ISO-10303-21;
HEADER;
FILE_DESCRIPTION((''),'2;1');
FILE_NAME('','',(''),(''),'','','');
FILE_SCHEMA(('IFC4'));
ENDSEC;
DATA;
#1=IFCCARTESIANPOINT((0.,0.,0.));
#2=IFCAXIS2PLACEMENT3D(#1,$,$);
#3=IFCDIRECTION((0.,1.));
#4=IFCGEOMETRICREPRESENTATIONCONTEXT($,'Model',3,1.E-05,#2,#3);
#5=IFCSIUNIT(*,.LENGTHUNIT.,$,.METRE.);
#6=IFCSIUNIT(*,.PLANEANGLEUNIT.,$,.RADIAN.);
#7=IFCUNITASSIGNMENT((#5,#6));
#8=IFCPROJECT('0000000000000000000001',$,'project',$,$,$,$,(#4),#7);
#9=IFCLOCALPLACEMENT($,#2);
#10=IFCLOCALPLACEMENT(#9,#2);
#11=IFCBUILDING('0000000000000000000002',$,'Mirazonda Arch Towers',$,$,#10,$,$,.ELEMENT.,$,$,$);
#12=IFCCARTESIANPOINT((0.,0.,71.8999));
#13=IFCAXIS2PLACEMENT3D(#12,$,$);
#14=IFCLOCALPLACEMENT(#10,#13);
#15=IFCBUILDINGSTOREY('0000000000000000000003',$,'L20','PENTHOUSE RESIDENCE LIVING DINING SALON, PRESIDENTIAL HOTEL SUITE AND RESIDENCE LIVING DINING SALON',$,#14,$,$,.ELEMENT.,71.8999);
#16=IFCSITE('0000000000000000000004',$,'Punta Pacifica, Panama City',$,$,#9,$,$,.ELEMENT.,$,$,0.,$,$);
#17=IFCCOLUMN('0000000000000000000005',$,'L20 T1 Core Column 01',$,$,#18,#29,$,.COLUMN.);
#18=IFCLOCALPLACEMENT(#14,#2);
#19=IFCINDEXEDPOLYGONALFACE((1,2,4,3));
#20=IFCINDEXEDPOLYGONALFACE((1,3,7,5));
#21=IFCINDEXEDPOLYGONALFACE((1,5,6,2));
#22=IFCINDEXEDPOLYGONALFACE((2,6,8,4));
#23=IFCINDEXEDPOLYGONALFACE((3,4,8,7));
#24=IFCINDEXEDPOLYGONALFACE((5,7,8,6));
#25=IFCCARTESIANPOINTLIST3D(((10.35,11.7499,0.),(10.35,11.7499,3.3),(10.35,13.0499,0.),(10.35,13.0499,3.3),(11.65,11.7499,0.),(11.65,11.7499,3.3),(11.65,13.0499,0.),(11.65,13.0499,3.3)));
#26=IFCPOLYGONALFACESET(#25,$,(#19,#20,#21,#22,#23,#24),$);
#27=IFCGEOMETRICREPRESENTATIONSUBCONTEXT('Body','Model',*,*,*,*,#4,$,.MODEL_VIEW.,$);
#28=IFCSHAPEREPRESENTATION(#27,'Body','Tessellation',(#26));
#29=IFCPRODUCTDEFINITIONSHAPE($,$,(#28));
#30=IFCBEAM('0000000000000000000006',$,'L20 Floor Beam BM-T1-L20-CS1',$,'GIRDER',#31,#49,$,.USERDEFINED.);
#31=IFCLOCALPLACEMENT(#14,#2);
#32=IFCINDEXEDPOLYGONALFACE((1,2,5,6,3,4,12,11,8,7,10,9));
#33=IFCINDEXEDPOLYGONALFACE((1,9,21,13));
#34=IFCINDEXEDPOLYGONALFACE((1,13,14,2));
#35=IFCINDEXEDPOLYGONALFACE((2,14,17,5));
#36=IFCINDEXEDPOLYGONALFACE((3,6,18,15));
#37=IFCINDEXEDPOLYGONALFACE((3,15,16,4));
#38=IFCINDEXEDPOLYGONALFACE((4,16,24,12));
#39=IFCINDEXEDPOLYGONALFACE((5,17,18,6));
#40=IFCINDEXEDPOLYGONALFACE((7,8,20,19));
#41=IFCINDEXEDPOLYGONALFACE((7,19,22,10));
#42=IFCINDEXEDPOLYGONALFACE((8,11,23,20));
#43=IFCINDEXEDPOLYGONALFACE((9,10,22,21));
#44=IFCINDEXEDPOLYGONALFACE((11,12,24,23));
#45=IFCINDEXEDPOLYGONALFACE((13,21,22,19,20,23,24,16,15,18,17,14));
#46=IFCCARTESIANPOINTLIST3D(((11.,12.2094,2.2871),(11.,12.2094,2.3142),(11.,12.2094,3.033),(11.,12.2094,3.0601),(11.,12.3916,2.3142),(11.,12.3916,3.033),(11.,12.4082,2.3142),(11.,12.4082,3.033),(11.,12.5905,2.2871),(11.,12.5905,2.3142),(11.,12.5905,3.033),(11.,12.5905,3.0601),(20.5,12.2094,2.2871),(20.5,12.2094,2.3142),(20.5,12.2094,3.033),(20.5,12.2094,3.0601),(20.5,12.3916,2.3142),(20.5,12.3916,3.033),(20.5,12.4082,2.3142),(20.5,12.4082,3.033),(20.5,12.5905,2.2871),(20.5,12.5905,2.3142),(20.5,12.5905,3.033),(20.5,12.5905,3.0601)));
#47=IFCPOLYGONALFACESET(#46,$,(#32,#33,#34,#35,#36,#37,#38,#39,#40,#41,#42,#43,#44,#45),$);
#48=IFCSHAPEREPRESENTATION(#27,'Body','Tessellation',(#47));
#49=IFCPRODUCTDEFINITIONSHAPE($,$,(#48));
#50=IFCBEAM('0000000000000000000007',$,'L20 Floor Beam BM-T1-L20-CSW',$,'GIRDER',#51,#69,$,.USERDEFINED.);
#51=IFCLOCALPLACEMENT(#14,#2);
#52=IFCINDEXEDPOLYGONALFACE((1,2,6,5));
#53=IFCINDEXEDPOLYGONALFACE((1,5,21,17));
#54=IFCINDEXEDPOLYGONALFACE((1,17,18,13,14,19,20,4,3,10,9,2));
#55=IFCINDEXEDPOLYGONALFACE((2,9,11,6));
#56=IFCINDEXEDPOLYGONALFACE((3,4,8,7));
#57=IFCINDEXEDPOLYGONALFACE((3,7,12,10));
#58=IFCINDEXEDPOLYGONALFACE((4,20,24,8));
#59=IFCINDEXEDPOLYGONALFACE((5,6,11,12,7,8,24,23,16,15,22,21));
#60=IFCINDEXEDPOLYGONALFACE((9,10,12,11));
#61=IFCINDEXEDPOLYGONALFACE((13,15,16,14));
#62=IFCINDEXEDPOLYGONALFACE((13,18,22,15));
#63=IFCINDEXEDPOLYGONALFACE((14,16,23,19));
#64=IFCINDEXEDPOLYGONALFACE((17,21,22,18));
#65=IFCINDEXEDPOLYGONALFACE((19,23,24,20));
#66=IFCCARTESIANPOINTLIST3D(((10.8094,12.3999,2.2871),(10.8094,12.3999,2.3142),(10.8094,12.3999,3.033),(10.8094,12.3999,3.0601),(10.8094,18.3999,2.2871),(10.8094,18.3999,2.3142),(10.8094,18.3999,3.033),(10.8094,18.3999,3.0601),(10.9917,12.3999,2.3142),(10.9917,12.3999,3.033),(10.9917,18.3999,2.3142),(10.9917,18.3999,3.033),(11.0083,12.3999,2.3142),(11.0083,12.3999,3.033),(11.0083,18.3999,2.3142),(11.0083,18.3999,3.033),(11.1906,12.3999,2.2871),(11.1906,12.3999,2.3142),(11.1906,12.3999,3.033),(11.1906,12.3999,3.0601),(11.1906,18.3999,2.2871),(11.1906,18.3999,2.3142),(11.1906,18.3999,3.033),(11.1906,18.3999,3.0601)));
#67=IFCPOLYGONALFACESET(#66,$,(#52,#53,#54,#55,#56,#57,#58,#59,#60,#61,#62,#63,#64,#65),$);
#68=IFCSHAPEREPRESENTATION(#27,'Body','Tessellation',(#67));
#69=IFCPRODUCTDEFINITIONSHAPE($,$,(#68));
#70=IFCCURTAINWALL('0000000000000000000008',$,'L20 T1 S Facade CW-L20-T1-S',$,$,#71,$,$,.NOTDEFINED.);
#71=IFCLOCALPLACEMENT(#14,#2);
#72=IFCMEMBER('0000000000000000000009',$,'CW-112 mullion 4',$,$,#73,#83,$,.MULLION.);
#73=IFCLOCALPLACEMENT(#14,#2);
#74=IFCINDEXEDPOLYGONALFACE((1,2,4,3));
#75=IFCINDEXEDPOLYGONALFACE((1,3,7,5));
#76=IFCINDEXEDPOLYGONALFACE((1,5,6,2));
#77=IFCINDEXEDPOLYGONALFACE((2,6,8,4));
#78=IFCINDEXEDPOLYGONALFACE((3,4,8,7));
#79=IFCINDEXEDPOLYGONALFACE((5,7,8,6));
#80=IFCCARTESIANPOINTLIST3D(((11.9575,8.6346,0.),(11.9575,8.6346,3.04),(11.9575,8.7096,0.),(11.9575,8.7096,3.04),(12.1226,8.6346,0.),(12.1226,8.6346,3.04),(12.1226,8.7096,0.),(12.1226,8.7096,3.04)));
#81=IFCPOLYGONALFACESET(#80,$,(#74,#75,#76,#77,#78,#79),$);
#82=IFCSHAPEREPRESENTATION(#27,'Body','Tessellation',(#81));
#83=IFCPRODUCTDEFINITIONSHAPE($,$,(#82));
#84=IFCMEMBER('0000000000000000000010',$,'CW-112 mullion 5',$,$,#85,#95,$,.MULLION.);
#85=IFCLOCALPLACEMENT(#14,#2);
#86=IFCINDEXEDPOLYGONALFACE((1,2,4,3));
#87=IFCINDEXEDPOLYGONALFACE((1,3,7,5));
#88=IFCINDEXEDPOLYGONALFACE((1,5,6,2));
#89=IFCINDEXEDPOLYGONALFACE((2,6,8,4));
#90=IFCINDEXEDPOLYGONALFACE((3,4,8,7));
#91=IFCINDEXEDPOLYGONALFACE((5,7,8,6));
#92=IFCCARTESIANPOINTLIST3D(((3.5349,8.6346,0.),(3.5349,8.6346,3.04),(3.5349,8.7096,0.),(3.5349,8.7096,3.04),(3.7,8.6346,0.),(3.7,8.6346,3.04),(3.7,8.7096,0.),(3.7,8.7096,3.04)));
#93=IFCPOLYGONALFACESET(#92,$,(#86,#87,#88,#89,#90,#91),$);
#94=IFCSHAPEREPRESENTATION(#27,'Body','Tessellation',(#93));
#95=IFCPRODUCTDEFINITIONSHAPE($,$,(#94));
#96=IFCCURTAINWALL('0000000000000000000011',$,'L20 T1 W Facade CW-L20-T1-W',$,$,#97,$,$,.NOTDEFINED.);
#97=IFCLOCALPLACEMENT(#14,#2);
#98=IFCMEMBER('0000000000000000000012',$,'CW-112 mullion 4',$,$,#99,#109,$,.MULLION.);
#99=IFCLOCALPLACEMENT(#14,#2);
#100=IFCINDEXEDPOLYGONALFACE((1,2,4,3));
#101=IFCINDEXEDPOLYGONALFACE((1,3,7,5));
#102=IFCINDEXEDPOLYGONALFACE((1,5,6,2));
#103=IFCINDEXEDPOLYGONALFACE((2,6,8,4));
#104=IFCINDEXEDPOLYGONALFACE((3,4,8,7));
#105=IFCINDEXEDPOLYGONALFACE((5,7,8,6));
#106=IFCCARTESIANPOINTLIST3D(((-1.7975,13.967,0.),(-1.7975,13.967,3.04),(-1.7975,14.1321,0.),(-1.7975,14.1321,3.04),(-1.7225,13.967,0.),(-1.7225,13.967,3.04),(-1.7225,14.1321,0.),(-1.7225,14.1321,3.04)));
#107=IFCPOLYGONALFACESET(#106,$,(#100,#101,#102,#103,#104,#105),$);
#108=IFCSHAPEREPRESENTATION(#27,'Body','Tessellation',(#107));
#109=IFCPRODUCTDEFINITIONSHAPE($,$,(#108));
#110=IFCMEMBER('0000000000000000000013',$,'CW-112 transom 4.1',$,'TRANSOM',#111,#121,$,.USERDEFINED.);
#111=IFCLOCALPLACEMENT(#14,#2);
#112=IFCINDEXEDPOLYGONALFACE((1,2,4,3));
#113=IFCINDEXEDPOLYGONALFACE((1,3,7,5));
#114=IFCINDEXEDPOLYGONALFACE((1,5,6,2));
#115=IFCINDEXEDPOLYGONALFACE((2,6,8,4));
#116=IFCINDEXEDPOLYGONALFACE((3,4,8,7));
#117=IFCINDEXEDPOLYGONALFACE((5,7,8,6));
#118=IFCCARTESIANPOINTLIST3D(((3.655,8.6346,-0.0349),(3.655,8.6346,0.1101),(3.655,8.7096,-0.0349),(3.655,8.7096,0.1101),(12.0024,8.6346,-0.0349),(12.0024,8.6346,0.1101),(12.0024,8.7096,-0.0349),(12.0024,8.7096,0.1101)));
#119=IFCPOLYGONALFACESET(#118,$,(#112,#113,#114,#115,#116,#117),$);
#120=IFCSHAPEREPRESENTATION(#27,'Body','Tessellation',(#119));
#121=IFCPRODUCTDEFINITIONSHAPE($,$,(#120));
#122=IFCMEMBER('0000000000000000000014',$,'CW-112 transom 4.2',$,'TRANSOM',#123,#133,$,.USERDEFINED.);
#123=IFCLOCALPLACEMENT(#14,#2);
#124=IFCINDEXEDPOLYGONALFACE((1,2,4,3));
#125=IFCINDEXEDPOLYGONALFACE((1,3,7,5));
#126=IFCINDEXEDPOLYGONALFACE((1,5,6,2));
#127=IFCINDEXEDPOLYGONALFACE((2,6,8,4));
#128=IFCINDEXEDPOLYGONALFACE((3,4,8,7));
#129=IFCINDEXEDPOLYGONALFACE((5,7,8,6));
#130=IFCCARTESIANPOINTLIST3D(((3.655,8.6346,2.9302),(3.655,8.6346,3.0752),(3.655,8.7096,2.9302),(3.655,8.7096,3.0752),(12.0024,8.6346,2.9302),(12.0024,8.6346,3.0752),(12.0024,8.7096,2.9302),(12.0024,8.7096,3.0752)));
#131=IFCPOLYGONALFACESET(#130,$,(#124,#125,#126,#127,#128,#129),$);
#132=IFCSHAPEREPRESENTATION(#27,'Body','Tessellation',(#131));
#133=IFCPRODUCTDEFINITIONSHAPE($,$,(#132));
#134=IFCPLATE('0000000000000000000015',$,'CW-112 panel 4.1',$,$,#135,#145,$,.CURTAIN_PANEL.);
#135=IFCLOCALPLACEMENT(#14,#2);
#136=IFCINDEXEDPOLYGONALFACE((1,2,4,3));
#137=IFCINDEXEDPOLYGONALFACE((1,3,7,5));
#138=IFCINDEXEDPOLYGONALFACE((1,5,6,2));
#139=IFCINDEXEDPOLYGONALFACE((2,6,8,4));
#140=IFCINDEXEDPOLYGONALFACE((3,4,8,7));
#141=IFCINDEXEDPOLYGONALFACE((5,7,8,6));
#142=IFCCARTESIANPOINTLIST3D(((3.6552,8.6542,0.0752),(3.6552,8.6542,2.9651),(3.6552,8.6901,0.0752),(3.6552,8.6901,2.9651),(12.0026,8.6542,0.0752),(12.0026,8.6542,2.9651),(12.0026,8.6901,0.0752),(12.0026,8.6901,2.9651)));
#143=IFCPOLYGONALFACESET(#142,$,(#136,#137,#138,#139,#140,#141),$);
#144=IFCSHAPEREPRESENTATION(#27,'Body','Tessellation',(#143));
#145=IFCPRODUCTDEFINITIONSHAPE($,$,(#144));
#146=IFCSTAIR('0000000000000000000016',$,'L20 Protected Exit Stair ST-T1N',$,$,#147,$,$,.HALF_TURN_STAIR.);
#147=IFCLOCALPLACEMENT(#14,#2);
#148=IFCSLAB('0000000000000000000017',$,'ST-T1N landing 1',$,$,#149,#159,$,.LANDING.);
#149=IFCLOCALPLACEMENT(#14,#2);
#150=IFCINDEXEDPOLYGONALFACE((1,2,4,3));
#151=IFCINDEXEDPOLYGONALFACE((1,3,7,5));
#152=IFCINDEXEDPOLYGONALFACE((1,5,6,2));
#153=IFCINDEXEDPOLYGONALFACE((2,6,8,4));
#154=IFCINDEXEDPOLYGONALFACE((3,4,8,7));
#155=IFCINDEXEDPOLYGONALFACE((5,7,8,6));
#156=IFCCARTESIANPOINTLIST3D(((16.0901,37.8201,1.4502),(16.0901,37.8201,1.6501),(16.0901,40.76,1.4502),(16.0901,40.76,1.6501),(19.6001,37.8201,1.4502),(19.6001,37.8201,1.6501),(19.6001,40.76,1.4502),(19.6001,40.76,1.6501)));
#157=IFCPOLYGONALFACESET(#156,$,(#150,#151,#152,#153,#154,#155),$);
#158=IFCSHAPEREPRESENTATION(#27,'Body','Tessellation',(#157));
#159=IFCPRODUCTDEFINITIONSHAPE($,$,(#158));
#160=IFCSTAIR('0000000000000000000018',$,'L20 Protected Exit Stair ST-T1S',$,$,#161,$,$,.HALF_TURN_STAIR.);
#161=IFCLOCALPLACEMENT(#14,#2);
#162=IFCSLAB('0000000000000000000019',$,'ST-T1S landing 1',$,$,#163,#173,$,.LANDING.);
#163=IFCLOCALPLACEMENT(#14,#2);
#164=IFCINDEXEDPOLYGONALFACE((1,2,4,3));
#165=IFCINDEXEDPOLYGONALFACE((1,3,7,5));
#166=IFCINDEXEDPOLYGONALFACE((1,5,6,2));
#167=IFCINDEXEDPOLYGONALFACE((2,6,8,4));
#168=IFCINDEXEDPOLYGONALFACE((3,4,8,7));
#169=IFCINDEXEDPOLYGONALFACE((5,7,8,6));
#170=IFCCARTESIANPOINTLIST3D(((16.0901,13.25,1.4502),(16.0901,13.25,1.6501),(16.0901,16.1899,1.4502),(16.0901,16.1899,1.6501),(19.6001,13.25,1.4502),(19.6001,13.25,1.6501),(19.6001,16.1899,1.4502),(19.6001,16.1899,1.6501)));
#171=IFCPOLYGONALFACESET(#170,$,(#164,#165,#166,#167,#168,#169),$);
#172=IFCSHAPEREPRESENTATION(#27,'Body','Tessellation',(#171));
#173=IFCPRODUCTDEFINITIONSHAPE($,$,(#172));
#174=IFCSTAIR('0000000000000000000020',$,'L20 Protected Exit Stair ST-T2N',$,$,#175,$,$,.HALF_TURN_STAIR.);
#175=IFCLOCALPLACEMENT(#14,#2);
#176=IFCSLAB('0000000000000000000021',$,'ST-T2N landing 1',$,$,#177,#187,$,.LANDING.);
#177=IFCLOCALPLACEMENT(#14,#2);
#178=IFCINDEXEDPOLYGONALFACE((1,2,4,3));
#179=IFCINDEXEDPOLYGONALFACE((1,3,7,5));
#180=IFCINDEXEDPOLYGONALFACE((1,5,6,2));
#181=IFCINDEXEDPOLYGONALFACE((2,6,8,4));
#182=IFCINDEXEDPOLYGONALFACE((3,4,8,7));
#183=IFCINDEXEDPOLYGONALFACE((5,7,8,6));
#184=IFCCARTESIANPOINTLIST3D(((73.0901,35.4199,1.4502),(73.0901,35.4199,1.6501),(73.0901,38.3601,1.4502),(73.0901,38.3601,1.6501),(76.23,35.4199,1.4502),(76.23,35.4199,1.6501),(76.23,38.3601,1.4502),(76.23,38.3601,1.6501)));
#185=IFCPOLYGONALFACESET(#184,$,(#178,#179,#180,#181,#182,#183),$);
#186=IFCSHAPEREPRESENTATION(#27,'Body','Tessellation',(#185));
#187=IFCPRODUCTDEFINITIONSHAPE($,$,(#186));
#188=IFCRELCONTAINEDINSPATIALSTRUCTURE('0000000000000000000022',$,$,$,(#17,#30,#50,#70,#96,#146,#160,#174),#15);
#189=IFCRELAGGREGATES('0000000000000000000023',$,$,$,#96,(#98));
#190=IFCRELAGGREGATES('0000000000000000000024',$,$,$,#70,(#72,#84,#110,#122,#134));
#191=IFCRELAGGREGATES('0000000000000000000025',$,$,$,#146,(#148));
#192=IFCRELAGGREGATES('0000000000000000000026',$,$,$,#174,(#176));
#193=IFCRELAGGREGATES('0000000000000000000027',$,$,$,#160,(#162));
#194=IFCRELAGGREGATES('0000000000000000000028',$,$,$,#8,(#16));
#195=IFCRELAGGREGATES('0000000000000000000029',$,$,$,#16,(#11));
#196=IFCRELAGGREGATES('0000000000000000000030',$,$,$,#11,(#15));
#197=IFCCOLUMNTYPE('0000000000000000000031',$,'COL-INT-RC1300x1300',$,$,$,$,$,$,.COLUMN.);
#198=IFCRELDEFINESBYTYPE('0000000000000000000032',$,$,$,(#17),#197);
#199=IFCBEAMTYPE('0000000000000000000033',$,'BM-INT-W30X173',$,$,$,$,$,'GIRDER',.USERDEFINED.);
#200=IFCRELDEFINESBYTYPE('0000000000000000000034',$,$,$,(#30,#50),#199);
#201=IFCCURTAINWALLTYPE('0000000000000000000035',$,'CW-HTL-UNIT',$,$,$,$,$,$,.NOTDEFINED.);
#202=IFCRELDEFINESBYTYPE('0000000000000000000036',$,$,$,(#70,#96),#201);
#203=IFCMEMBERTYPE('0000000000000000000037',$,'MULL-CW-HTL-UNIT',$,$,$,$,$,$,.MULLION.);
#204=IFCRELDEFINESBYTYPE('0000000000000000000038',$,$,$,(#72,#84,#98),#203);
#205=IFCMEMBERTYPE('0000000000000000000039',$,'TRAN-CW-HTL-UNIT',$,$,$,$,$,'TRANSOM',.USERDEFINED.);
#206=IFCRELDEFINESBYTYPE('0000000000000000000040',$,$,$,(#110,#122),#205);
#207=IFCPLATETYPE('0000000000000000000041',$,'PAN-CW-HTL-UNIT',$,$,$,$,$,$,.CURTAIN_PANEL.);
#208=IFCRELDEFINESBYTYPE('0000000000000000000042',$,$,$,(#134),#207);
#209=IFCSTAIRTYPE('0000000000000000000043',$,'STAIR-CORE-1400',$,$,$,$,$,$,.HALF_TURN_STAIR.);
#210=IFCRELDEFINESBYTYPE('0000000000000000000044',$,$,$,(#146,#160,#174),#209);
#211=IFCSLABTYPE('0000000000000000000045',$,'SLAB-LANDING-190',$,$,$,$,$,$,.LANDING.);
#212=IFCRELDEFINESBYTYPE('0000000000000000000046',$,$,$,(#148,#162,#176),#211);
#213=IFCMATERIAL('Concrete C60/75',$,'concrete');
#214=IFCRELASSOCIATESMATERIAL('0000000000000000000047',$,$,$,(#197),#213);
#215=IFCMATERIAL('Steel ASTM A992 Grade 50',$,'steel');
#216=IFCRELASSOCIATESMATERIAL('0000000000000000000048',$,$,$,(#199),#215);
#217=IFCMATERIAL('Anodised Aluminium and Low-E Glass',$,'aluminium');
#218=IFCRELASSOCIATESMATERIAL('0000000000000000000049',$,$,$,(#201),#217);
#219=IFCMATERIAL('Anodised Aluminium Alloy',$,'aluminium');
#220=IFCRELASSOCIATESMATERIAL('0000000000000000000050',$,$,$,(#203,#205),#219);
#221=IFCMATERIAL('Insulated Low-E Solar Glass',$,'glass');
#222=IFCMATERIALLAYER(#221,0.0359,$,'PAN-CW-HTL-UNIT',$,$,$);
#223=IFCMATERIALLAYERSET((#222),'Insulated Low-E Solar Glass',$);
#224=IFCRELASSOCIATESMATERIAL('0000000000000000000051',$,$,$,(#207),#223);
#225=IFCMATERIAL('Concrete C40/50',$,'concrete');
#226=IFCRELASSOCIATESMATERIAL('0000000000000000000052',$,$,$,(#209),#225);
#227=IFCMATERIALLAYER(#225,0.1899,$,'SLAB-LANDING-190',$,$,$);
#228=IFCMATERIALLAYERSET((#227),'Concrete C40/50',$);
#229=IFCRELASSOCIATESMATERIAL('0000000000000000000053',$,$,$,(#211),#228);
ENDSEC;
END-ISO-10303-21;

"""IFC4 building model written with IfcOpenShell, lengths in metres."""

from ifc_helpers import new_model, si_unit, direction, frame, origin, origin_2d, place, context, subcontext, project, spatial, polyline, rectangle, i_section, outline, extrude, material, layer, layer_set, material_profile, profile_set, type_object, element, aggregate, save


model = new_model("IFC4")

# Units and contexts
model_context = context("Model", 3, precision=1e-05, world=origin(), true_north=direction((0.0, 1.0)))
body_context = subcontext(model_context, "Body", "Model", "MODEL_VIEW")
ifc_project = project(units=[si_unit("LENGTHUNIT", "METRE"), si_unit("PLANEANGLEUNIT", "RADIAN")], contexts=[model_context])

# Site, building, storey
site_placement = place(None, origin())
site = spatial("IfcSite", under=ifc_project, at=site_placement, Name="Punta Pacifica, Panama City", CompositionType="ELEMENT", RefElevation=0.0)
building_placement = place(site_placement, origin())
building = spatial("IfcBuilding", under=site, at=building_placement, Name="Mirazonda Arch Towers", CompositionType="ELEMENT")
storey_placement = place(building_placement, frame((0.0, 0.0, 71.8999)))
storey = spatial("IfcBuildingStorey", under=building, at=storey_placement, Name="L20", Description="PENTHOUSE RESIDENCE LIVING DINING SALON, PRESIDENTIAL HOTEL SUITE AND RESIDENCE LIVING DINING SALON", CompositionType="ELEMENT", Elevation=71.8999)

# Column
ifc_material_1 = material(Name="Concrete C60/75", Category="concrete")
ifc_material_profile_1 = material_profile(ifc_material_1, rectangle(XDim=1.3, YDim=1.3, at=origin_2d()), Name="RC1300x1300")
ifc_profile_set_1 = profile_set([ifc_material_profile_1], Name="Concrete C60/75")
column_type = type_object("IfcColumnType", Name="COL-INT-RC1300x1300", PredefinedType="COLUMN", material=ifc_profile_set_1)
column_placement = place(storey_placement, frame((11.0, 12.3999, 0.0), z_axis=(0.0, 0.0, 1.0), x_axis=(1.0, 0.0, 0.0)))
element("IfcColumn", 1, at=column_placement, inside=storey, type_object=column_type, Name="L20 T1 Core Column 01", PredefinedType="COLUMN", context=body_context, shape_type="SweptSolid", body=[
    extrude(rectangle(XDim=1.3, YDim=1.3, at=origin_2d()), origin(), (0.0, 0.0, 1.0), 3.3),
])

# Beams
ifc_material_2 = material(Name="Steel ASTM A992 Grade 50", Category="steel")
ifc_material_profile_2 = material_profile(ifc_material_2, i_section(OverallWidth=0.3811, OverallDepth=0.7729, WebThickness=0.0166, FlangeThickness=0.0271, at=origin_2d()), Name="W30X173")
ifc_profile_set_2 = profile_set([ifc_material_profile_2], Name="Steel ASTM A992 Grade 50")
beam_type = type_object("IfcBeamType", Name="BM-INT-W30X173", ElementType="GIRDER", PredefinedType="USERDEFINED", material=ifc_profile_set_2)
beam_1_placement = place(storey_placement, frame((11.0, 12.3999, 2.6736), z_axis=(1.0, 0.0, 0.0), x_axis=(0.0, 1.0, 0.0)))
element("IfcBeam", 2, at=beam_1_placement, inside=storey, type_object=beam_type, Name="L20 Floor Beam BM-T1-L20-CS1", ObjectType="GIRDER", PredefinedType="USERDEFINED", context=body_context, shape_type="SweptSolid", body=[
    extrude(i_section(OverallWidth=0.3811, OverallDepth=0.7729, WebThickness=0.0166, FlangeThickness=0.0271, at=origin_2d()), origin(), (0.0, 0.0, 1.0), 9.5),
])
beam_2_placement = place(storey_placement, frame((11.0, 12.3999, 2.6736), z_axis=(0.0, 1.0, 0.0), x_axis=(-1.0, 0.0, 0.0)))
element("IfcBeam", 3, at=beam_2_placement, inside=storey, type_object=beam_type, Name="L20 Floor Beam BM-T1-L20-CSW", ObjectType="GIRDER", PredefinedType="USERDEFINED", context=body_context, shape_type="SweptSolid", body=[
    extrude(i_section(OverallWidth=0.3811, OverallDepth=0.7729, WebThickness=0.0166, FlangeThickness=0.0271, at=origin_2d()), origin(), (0.0, 0.0, 1.0), 6.0),
])

# Curtain wall, members
ifc_material_3 = material(Name="Anodised Aluminium and Low-E Glass", Category="aluminium")
curtain_wall_type = type_object("IfcCurtainWallType", Name="CW-HTL-UNIT", PredefinedType="NOTDEFINED", material=ifc_material_3)
curtain_wall_1_placement = place(storey_placement, origin())
curtain_wall_1 = element("IfcCurtainWall", 4, at=curtain_wall_1_placement, inside=storey, type_object=curtain_wall_type, Name="L20 T1 S Facade CW-L20-T1-S", PredefinedType="NOTDEFINED")
ifc_material_4 = material(Name="Anodised Aluminium Alloy", Category="aluminium")
ifc_material_profile_3 = material_profile(ifc_material_4, rectangle(XDim=0.075, YDim=0.165, at=origin_2d()), Name="ALU-MULL-75x165")
ifc_profile_set_3 = profile_set([ifc_material_profile_3], Name="Anodised Aluminium Alloy")
member_type_1 = type_object("IfcMemberType", Name="MULL-CW-HTL-UNIT", PredefinedType="MULLION", material=ifc_profile_set_3)
member_1_placement = place(storey_placement, frame((12.04, 8.6721, 0.0), z_axis=(0.0, 0.0, 1.0), x_axis=(0.0, -1.0, 0.0)))
member_1 = element("IfcMember", 5, at=member_1_placement, type_object=member_type_1, Name="CW-112 mullion 4", PredefinedType="MULLION", context=body_context, shape_type="SweptSolid", body=[
    extrude(rectangle(XDim=0.075, YDim=0.165, at=origin_2d()), origin(), (0.0, 0.0, 1.0), 3.04),
])
member_2_placement = place(storey_placement, frame((3.6174, 8.6721, 0.0), z_axis=(0.0, 0.0, 1.0), x_axis=(0.0, -1.0, 0.0)))
member_2 = element("IfcMember", 6, at=member_2_placement, type_object=member_type_1, Name="CW-112 mullion 5", PredefinedType="MULLION", context=body_context, shape_type="SweptSolid", body=[
    extrude(rectangle(XDim=0.075, YDim=0.165, at=origin_2d()), origin(), (0.0, 0.0, 1.0), 3.04),
])

# Curtain wall, member
curtain_wall_2_placement = place(storey_placement, origin())
curtain_wall_2 = element("IfcCurtainWall", 7, at=curtain_wall_2_placement, inside=storey, type_object=curtain_wall_type, Name="L20 T1 W Facade CW-L20-T1-W", PredefinedType="NOTDEFINED")
member_3_placement = place(storey_placement, frame((-1.76, 14.0496, 0.0), z_axis=(0.0, 0.0, 1.0), x_axis=(1.0, 0.0, 0.0)))
member_3 = element("IfcMember", 8, at=member_3_placement, type_object=member_type_1, Name="CW-112 mullion 4", PredefinedType="MULLION", context=body_context, shape_type="SweptSolid", body=[
    extrude(rectangle(XDim=0.075, YDim=0.165, at=origin_2d()), origin(), (0.0, 0.0, 1.0), 3.04),
])
aggregate(curtain_wall_2, [member_3])

# Members
ifc_material_profile_4 = material_profile(ifc_material_4, rectangle(XDim=0.075, YDim=0.145, at=origin_2d()), Name="ALU-TRAN-75x145")
ifc_profile_set_4 = profile_set([ifc_material_profile_4], Name="Anodised Aluminium Alloy")
member_type_2 = type_object("IfcMemberType", Name="TRAN-CW-HTL-UNIT", ElementType="TRANSOM", PredefinedType="USERDEFINED", material=ifc_profile_set_4)
member_4_placement = place(storey_placement, frame((12.0024, 8.6721, 0.0376), z_axis=(-1.0, 0.0, 0.0), x_axis=(0.0, -1.0, 0.0)))
member_4 = element("IfcMember", 9, at=member_4_placement, type_object=member_type_2, Name="CW-112 transom 4.1", ObjectType="TRANSOM", PredefinedType="USERDEFINED", context=body_context, shape_type="SweptSolid", body=[
    extrude(rectangle(XDim=0.075, YDim=0.145, at=origin_2d()), origin(), (0.0, 0.0, 1.0), 8.3474),
])
member_5_placement = place(storey_placement, frame((12.0024, 8.6721, 3.0027), z_axis=(-1.0, 0.0, 0.0), x_axis=(0.0, -1.0, 0.0)))
member_5 = element("IfcMember", 10, at=member_5_placement, type_object=member_type_2, Name="CW-112 transom 4.2", ObjectType="TRANSOM", PredefinedType="USERDEFINED", context=body_context, shape_type="SweptSolid", body=[
    extrude(rectangle(XDim=0.075, YDim=0.145, at=origin_2d()), origin(), (0.0, 0.0, 1.0), 8.3474),
])

# Plate
ifc_material_5 = material(Name="Insulated Low-E Solar Glass", Category="glass")
ifc_layer_1 = layer(ifc_material_5, 0.0359, Name="PAN-CW-HTL-UNIT")
ifc_layer_set_1 = layer_set([ifc_layer_1], Name="Insulated Low-E Solar Glass")
plate_type = type_object("IfcPlateType", Name="PAN-CW-HTL-UNIT", PredefinedType="CURTAIN_PANEL", material=ifc_layer_set_1)
plate_placement = place(storey_placement, frame((7.8289, 8.6721, 0.0752), z_axis=(0.0, 0.0, 1.0), x_axis=(-1.0, 0.0, 0.0)))
plate = element("IfcPlate", 11, at=plate_placement, type_object=plate_type, Name="CW-112 panel 4.1", PredefinedType="CURTAIN_PANEL", context=body_context, shape_type="SweptSolid", body=[
    extrude(rectangle(XDim=8.3474, YDim=0.0359, at=origin_2d()), origin(), (0.0, 0.0, 1.0), 2.8899),
])
aggregate(curtain_wall_1, [member_1, member_2, member_4, member_5, plate])

# Stairs, slabs
ifc_material_6 = material(Name="Concrete C40/50", Category="concrete")
stair_type = type_object("IfcStairType", Name="STAIR-CORE-1400", PredefinedType="HALF_TURN_STAIR", material=ifc_material_6)
stair_1_placement = place(storey_placement, origin())
stair_1 = element("IfcStair", 12, at=stair_1_placement, inside=storey, type_object=stair_type, Name="L20 Protected Exit Stair ST-T1N", PredefinedType="HALF_TURN_STAIR")
ifc_layer_2 = layer(ifc_material_6, 0.1899, Name="SLAB-LANDING-190")
ifc_layer_set_2 = layer_set([ifc_layer_2], Name="Concrete C40/50")
slab_type_1 = type_object("IfcSlabType", Name="SLAB-LANDING-190", PredefinedType="LANDING", material=ifc_layer_set_2)
slab_1_placement = place(storey_placement, frame((0.0, 0.0, 1.4502)))
slab_1 = element("IfcSlab", 13, at=slab_1_placement, type_object=slab_type_1, Name="ST-T1N landing 1", PredefinedType="LANDING", context=body_context, shape_type="SweptSolid", body=[
    extrude(outline(polyline([(16.0901, 37.8201), (19.6001, 37.8201), (19.6001, 40.76), (16.0901, 40.76), (16.0901, 37.8201)])), origin(), (0.0, 0.0, 1.0), 0.2),
])
aggregate(stair_1, [slab_1])
stair_2_placement = place(storey_placement, origin())
stair_2 = element("IfcStair", 14, at=stair_2_placement, inside=storey, type_object=stair_type, Name="L20 Protected Exit Stair ST-T1S", PredefinedType="HALF_TURN_STAIR")
slab_2_placement = place(storey_placement, frame((0.0, 0.0, 1.4502)))
slab_2 = element("IfcSlab", 15, at=slab_2_placement, type_object=slab_type_1, Name="ST-T1S landing 1", PredefinedType="LANDING", context=body_context, shape_type="SweptSolid", body=[
    extrude(outline(polyline([(16.0901, 13.25), (19.6001, 13.25), (19.6001, 16.1899), (16.0901, 16.1899), (16.0901, 13.25)])), origin(), (0.0, 0.0, 1.0), 0.2),
])
stair_3_placement = place(storey_placement, origin())
stair_3 = element("IfcStair", 16, at=stair_3_placement, inside=storey, type_object=stair_type, Name="L20 Protected Exit Stair ST-T2N", PredefinedType="HALF_TURN_STAIR")
slab_3_placement = place(storey_placement, frame((0.0, 0.0, 1.4502)))
slab_3 = element("IfcSlab", 17, at=slab_3_placement, type_object=slab_type_1, Name="ST-T2N landing 1", PredefinedType="LANDING", context=body_context, shape_type="SweptSolid", body=[
    extrude(outline(polyline([(73.0901, 35.4199), (76.23, 35.4199), (76.23, 38.3601), (73.0901, 38.3601), (73.0901, 35.4199)])), origin(), (0.0, 0.0, 1.0), 0.2),
])
aggregate(stair_3, [slab_3])

aggregate(stair_2, [slab_2])

save(model, "model.ifc")
